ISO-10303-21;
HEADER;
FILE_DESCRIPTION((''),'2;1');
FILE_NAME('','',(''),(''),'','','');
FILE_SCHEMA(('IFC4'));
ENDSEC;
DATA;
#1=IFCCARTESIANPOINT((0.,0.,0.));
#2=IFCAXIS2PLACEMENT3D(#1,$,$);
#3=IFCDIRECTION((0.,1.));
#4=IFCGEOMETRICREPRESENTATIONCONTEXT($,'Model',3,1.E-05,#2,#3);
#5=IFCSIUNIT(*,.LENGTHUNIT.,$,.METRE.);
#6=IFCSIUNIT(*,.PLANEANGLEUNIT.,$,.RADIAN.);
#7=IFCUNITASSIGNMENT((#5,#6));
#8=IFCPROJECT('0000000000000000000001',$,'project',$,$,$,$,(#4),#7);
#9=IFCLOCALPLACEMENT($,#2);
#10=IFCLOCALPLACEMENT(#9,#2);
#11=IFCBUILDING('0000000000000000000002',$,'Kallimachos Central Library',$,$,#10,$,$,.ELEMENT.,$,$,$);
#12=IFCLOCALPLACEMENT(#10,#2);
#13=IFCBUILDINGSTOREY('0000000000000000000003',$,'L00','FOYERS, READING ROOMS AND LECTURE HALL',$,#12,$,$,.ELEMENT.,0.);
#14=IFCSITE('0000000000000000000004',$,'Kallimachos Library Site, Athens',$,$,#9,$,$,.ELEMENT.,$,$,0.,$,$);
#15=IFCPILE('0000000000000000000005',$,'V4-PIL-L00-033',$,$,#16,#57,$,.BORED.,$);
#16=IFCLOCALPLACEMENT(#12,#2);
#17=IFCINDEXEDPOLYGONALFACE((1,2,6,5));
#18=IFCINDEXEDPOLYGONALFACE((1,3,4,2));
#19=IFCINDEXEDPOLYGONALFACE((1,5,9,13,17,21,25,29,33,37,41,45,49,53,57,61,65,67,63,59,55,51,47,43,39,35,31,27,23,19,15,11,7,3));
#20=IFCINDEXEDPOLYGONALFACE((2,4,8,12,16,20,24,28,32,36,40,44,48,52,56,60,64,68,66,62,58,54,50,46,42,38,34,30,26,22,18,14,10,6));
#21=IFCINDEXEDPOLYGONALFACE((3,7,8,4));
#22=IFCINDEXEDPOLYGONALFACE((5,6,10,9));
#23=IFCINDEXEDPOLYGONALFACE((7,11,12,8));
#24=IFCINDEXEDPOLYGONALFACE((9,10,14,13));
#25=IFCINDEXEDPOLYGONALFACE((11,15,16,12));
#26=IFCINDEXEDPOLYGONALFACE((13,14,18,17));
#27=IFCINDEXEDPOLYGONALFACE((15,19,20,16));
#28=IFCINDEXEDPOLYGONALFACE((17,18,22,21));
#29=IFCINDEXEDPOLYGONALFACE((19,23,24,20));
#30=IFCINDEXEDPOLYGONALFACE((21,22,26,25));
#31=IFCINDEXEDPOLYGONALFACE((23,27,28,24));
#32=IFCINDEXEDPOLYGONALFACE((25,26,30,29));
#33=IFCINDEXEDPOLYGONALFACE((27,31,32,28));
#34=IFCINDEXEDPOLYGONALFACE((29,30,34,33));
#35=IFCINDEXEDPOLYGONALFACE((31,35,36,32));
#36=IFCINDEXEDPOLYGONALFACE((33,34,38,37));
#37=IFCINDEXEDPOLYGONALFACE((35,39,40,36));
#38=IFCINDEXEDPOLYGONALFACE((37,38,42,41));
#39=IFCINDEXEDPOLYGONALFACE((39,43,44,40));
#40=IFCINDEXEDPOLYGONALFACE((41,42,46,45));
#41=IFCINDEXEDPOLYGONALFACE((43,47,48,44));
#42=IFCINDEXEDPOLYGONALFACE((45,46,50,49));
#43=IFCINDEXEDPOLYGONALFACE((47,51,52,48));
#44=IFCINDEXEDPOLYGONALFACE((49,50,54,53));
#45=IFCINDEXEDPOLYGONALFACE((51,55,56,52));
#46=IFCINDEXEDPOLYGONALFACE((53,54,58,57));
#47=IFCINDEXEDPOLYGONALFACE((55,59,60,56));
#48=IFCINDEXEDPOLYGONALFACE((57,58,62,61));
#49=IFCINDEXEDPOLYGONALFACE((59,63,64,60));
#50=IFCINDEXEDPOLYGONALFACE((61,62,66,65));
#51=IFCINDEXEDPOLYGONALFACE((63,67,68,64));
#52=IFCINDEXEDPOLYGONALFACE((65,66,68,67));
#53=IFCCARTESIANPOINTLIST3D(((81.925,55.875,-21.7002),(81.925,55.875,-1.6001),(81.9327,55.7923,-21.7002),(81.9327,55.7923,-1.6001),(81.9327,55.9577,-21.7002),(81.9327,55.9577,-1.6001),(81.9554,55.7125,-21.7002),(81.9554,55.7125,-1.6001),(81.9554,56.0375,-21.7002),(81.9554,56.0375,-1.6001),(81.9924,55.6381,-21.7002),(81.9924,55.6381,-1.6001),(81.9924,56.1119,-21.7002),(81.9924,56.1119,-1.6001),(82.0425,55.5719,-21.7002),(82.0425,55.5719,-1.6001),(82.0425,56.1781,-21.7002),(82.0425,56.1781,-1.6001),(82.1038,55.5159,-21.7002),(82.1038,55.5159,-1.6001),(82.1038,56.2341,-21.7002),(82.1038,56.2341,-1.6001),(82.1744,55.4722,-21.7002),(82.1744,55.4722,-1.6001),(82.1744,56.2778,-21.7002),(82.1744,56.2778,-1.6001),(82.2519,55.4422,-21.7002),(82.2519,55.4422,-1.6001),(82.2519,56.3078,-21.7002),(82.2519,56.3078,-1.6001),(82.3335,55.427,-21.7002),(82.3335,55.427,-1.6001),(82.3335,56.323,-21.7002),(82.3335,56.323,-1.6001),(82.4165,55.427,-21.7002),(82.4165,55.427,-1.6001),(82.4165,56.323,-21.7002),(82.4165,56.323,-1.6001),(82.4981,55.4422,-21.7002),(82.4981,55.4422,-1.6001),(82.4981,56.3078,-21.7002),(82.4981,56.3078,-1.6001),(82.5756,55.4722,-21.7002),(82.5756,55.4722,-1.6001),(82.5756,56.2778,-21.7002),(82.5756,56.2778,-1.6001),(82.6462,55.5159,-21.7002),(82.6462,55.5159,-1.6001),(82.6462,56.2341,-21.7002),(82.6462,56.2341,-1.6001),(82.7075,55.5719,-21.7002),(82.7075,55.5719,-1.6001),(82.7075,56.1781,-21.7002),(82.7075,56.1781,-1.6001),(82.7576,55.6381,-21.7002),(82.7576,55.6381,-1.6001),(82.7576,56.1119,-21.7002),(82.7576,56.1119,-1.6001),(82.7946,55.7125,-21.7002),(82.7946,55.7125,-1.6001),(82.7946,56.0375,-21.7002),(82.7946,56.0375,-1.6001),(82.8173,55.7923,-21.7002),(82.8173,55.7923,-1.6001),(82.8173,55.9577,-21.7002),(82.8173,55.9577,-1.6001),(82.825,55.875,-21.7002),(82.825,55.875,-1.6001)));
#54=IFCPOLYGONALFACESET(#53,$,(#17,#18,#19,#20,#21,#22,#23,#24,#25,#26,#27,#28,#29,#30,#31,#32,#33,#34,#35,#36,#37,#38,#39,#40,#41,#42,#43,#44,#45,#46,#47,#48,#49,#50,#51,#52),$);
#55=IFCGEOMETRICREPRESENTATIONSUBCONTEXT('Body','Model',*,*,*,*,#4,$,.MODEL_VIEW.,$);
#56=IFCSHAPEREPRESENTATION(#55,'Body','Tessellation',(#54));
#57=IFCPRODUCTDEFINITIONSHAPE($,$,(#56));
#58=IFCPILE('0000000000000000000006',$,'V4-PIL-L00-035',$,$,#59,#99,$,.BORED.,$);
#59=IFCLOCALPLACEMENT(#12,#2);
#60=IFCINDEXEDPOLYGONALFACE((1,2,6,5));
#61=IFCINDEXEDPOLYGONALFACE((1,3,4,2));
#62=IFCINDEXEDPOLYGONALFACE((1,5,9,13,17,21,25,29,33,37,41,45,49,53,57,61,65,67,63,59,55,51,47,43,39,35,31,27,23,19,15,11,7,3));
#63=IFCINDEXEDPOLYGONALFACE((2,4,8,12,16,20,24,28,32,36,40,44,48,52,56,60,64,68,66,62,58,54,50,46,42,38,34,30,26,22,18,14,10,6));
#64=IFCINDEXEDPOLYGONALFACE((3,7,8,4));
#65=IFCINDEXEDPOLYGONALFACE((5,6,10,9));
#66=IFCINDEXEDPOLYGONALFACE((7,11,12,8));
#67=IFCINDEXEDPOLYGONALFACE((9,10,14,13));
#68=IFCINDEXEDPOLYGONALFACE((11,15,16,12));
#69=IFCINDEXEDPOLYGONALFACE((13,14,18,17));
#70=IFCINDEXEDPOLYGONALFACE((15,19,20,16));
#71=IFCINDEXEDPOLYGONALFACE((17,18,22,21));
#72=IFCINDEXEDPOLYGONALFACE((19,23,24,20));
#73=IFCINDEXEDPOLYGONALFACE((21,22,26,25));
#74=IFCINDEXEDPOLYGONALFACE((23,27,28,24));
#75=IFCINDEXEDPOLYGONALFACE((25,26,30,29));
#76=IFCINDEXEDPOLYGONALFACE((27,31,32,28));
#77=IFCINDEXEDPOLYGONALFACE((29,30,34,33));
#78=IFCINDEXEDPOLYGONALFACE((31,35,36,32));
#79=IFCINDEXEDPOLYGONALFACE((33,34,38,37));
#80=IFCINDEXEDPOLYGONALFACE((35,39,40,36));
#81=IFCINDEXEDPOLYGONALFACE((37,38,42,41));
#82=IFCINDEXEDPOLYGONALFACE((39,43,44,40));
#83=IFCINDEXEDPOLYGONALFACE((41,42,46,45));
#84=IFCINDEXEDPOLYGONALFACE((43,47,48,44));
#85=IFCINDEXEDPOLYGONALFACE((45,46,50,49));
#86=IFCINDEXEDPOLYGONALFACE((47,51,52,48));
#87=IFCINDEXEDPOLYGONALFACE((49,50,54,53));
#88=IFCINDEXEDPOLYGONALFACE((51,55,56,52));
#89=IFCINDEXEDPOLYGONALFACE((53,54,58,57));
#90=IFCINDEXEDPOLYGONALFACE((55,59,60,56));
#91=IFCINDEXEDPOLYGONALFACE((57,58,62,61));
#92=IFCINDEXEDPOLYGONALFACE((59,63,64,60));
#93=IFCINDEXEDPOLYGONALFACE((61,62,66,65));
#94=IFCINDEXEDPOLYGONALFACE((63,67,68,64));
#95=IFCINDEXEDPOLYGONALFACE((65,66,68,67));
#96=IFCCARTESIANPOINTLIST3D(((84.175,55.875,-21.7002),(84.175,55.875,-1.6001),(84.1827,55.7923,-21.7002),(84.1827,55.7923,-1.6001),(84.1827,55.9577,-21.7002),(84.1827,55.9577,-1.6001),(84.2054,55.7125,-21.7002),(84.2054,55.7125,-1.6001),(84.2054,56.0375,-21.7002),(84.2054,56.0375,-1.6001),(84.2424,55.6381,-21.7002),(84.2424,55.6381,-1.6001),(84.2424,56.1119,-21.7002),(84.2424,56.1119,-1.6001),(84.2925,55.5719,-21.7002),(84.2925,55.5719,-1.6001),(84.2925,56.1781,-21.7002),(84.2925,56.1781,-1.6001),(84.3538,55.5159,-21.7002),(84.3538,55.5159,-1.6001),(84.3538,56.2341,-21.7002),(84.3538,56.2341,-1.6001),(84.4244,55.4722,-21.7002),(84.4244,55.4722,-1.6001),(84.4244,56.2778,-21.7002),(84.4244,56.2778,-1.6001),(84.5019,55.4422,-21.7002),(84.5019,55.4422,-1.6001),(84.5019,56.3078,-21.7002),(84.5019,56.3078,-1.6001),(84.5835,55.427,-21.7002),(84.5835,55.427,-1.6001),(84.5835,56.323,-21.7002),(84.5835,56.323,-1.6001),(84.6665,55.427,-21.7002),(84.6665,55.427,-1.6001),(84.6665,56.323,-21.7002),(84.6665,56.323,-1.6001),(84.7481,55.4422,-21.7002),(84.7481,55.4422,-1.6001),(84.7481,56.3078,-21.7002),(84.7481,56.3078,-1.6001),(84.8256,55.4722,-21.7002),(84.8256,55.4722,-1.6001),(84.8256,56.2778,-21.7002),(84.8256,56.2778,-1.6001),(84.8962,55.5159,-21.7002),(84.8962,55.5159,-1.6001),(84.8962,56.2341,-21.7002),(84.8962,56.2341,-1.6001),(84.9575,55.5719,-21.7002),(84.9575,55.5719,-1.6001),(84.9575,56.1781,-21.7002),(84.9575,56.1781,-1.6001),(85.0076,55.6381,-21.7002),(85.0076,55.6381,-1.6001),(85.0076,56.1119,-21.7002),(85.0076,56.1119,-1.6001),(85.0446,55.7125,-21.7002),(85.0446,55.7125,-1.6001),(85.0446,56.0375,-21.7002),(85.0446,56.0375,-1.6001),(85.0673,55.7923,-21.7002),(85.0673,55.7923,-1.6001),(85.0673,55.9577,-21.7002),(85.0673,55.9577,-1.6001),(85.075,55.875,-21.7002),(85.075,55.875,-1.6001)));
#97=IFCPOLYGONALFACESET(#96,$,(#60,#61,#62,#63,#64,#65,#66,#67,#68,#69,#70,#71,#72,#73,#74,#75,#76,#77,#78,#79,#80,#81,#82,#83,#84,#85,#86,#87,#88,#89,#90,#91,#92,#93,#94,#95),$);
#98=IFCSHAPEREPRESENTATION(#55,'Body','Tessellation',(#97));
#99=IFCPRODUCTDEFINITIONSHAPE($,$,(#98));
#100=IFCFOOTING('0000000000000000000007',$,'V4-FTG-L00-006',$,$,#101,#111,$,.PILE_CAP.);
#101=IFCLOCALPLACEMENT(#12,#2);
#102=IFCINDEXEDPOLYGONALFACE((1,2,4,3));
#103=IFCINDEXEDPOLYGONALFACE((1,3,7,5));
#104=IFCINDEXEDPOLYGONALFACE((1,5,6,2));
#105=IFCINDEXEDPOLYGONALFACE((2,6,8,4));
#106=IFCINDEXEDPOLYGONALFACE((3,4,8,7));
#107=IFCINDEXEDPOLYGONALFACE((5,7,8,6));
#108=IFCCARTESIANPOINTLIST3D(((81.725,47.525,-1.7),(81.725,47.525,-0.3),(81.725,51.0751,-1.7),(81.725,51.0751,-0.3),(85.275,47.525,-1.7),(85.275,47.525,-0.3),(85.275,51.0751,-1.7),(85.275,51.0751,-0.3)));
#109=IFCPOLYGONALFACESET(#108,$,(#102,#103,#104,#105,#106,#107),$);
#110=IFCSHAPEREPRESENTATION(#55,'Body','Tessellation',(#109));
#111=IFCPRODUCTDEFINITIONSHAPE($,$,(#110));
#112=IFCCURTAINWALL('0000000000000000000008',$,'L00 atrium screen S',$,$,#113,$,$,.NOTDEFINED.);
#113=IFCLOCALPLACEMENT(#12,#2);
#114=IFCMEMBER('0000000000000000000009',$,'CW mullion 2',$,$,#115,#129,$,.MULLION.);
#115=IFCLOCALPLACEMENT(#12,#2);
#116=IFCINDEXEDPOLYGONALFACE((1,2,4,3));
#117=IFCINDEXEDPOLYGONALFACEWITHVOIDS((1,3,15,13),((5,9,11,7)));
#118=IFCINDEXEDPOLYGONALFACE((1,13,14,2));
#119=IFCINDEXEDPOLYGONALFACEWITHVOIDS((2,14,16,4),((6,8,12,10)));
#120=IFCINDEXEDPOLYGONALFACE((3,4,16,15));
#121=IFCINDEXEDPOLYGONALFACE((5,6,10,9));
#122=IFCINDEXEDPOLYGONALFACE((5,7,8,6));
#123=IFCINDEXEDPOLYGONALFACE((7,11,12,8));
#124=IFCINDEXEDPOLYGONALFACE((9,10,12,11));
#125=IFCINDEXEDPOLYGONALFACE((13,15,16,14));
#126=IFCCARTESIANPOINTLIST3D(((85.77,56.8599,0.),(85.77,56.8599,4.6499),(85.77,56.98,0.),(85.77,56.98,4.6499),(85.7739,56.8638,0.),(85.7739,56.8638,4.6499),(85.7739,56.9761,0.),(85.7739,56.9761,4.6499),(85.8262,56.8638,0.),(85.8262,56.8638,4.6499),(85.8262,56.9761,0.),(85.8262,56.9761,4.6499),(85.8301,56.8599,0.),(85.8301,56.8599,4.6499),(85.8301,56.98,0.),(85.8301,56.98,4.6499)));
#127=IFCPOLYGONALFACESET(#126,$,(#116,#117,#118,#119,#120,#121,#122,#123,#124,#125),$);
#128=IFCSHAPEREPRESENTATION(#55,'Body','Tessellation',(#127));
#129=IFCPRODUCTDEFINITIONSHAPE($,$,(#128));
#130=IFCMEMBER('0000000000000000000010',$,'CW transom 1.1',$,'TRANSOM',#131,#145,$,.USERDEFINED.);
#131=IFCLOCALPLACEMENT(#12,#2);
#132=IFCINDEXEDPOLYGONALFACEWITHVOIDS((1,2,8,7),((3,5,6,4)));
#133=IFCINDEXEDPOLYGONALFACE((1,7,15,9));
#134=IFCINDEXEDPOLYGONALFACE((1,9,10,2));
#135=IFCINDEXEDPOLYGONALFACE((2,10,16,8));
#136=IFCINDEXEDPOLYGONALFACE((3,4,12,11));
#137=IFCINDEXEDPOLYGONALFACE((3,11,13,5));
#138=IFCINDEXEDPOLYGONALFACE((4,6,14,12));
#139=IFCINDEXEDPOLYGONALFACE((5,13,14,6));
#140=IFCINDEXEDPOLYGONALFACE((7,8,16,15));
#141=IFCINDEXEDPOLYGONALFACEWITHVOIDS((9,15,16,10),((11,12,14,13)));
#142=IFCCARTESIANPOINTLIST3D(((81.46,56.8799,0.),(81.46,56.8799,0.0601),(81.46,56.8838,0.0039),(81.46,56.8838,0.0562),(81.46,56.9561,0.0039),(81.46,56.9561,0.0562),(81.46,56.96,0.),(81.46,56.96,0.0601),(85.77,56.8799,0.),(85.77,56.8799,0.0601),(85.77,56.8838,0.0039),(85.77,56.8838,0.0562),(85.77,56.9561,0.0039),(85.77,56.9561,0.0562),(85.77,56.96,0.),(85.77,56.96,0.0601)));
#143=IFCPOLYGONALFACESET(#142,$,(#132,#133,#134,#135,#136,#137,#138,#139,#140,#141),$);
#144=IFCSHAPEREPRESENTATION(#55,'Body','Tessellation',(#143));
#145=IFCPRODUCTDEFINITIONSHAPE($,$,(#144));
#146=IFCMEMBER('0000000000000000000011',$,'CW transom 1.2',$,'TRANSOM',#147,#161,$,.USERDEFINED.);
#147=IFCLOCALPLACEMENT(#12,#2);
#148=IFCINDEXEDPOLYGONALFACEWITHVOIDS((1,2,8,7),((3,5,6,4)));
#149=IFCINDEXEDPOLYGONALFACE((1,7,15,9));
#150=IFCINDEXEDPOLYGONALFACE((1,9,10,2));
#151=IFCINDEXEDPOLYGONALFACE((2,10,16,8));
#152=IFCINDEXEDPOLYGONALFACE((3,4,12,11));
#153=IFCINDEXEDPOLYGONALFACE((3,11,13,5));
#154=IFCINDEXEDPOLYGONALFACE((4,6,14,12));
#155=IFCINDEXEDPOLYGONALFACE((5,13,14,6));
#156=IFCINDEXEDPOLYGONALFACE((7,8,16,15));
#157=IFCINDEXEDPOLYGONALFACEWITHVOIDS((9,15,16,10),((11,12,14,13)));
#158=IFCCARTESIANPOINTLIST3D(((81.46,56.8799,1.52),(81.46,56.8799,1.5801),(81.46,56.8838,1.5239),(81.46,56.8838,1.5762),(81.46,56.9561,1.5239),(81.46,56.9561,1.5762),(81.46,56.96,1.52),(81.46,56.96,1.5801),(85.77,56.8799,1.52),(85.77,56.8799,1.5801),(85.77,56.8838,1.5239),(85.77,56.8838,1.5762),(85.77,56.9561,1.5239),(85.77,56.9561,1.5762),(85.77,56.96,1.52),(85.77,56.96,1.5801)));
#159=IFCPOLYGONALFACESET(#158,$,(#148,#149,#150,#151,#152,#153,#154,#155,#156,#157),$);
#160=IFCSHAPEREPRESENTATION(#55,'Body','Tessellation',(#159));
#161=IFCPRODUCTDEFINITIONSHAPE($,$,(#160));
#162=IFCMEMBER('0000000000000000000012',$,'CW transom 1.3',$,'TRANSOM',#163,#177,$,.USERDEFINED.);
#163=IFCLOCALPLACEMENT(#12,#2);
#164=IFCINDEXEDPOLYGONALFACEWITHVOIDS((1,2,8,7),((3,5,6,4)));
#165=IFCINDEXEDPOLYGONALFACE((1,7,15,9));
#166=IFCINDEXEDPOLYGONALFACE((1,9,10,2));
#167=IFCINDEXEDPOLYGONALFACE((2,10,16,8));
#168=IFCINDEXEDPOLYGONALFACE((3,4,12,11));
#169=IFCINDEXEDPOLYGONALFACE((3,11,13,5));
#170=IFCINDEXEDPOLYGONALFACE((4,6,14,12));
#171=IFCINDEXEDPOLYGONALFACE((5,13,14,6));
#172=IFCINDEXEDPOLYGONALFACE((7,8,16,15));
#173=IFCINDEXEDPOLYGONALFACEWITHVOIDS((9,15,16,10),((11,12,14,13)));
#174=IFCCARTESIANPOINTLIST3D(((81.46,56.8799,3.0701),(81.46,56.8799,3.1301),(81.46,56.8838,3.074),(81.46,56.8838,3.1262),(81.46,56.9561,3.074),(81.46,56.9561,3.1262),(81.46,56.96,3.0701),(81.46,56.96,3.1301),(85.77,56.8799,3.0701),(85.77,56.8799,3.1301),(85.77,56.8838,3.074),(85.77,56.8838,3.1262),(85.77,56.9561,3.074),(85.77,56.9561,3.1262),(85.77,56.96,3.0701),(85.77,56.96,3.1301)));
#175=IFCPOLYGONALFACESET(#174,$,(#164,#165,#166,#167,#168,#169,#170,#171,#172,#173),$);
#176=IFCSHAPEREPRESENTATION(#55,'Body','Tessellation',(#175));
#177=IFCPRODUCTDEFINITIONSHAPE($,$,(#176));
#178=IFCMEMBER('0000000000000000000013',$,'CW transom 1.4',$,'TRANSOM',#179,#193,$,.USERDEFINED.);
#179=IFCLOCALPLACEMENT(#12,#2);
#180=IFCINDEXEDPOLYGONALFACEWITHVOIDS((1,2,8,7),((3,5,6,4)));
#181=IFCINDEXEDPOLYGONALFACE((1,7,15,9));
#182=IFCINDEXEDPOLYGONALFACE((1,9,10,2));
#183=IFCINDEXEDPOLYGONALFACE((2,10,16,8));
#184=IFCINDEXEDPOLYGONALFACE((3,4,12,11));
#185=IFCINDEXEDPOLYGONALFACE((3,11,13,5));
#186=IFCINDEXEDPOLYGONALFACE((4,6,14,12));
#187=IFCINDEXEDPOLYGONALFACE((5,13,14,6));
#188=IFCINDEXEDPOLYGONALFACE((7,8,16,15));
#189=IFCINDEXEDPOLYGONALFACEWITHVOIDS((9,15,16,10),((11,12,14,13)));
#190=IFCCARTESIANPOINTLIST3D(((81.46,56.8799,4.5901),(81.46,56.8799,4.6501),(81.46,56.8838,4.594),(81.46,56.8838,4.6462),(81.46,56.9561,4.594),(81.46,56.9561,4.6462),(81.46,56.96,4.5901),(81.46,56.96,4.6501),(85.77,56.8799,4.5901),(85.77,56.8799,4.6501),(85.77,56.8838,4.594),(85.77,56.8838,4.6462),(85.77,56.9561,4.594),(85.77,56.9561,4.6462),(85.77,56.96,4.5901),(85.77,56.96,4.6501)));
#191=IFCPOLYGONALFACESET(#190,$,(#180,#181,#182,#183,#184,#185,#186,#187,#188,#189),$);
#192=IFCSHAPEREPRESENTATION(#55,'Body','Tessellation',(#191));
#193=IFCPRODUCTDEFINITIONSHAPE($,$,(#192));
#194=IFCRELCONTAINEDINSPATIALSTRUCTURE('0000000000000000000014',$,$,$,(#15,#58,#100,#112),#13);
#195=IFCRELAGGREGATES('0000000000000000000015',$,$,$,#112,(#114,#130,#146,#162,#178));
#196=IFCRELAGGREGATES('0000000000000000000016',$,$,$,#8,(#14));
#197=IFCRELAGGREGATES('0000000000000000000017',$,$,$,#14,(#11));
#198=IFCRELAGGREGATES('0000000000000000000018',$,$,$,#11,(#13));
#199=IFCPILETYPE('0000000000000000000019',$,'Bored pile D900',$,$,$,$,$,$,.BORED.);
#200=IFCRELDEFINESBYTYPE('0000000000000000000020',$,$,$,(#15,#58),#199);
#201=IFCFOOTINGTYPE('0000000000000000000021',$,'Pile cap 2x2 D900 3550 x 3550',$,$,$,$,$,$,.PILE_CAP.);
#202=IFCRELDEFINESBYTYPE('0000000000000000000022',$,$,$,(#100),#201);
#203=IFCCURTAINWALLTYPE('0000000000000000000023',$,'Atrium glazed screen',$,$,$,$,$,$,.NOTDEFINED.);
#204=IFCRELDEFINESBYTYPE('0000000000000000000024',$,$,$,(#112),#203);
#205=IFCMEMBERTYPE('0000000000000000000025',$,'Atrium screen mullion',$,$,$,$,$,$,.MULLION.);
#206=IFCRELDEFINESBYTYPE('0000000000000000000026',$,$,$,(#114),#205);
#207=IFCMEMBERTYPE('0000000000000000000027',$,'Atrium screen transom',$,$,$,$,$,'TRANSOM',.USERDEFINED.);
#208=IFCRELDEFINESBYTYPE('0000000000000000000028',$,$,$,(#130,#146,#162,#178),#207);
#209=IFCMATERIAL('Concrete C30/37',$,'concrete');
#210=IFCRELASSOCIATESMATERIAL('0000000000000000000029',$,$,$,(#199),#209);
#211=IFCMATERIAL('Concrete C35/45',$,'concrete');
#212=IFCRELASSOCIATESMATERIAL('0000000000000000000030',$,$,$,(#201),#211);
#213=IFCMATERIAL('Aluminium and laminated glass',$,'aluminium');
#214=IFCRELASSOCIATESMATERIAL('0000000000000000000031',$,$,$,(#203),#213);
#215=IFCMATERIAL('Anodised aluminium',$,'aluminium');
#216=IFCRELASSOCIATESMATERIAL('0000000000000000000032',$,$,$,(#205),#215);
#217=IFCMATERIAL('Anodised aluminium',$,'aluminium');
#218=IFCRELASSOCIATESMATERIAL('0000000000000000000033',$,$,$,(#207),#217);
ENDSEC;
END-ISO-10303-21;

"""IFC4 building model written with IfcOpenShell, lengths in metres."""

from ifc_helpers import new_model, si_unit, direction, frame, origin, origin_2d, place, context, subcontext, project, spatial, rectangle, hollow_rectangle, circle, extrude, material, material_profile, profile_set, type_object, element, aggregate, save


model = new_model("IFC4")

# Units and contexts
model_context = context("Model", 3, precision=1e-05, world=origin(), true_north=direction((0.0, 1.0)))
body_context = subcontext(model_context, "Body", "Model", "MODEL_VIEW")
ifc_project = project(units=[si_unit("LENGTHUNIT", "METRE"), si_unit("PLANEANGLEUNIT", "RADIAN")], contexts=[model_context])

# Site, building, storey
site_placement = place(None, origin())
site = spatial("IfcSite", under=ifc_project, at=site_placement, Name="Kallimachos Library Site, Athens", CompositionType="ELEMENT", RefElevation=0.0)
building_placement = place(site_placement, origin())
building = spatial("IfcBuilding", under=site, at=building_placement, Name="Kallimachos Central Library", CompositionType="ELEMENT")
storey_placement = place(building_placement, origin())
storey = spatial("IfcBuildingStorey", under=building, at=storey_placement, Name="L00", Description="FOYERS, READING ROOMS AND LECTURE HALL", CompositionType="ELEMENT", Elevation=0.0)

# Piles
ifc_material_1 = material(Name="Concrete C30/37", Category="concrete")
pile_type = type_object("IfcPileType", Name="Bored pile D900", PredefinedType="BORED", material=ifc_material_1)
for number, where, z_axis, x_axis, name in (
    (1, (82.375, 55.875, -1.6001), (0.0, 0.0, -1.0), (1.0, 0.0, 0.0), "V4-PIL-L00-033"),
    (2, (84.625, 55.875, -1.6001), (0.0, 0.0, -1.0), (1.0, 0.0, 0.0), "V4-PIL-L00-035"),
):
    element("IfcPile", number, at=place(storey_placement, frame(where, z_axis=z_axis, x_axis=x_axis)), inside=storey, type_object=pile_type, Name=name, PredefinedType="BORED", context=body_context, shape_type="SweptSolid", body=[
        extrude(circle(Radius=0.45, at=origin_2d()), origin(), (0.0, 0.0, 1.0), 20.1001),
    ])

# Footing
ifc_material_2 = material(Name="Concrete C35/45", Category="concrete")
footing_type = type_object("IfcFootingType", Name="Pile cap 2x2 D900 3550 x 3550", PredefinedType="PILE_CAP", material=ifc_material_2)
footing_placement = place(storey_placement, frame((83.5, 49.3, -1.7), z_axis=(0.0, 0.0, 1.0), x_axis=(1.0, 0.0, 0.0)))
element("IfcFooting", 3, at=footing_placement, inside=storey, type_object=footing_type, Name="V4-FTG-L00-006", PredefinedType="PILE_CAP", context=body_context, shape_type="SweptSolid", body=[
    extrude(rectangle(XDim=3.55, YDim=3.55, at=origin_2d()), origin(), (0.0, 0.0, 1.0), 1.3999),
])

# Curtain wall, members
ifc_material_3 = material(Name="Aluminium and laminated glass", Category="aluminium")
curtain_wall_type = type_object("IfcCurtainWallType", Name="Atrium glazed screen", PredefinedType="NOTDEFINED", material=ifc_material_3)
curtain_wall_placement = place(storey_placement, origin())
curtain_wall = element("IfcCurtainWall", 4, at=curtain_wall_placement, inside=storey, type_object=curtain_wall_type, Name="L00 atrium screen S", PredefinedType="NOTDEFINED")
ifc_material_4 = material(Name="Anodised aluminium", Category="aluminium")
ifc_material_profile_1 = material_profile(ifc_material_4, hollow_rectangle(XDim=0.0601, YDim=0.1201, WallThickness=0.0039, at=origin_2d()), Name="ALU MULLION 60x120")
ifc_profile_set_1 = profile_set([ifc_material_profile_1], Name="Anodised aluminium")
member_type_1 = type_object("IfcMemberType", Name="Atrium screen mullion", PredefinedType="MULLION", material=ifc_profile_set_1)
member_1_placement = place(storey_placement, frame((85.8, 56.9199, 0.0), z_axis=(0.0, 0.0, 1.0), x_axis=(1.0, 0.0, 0.0)))
member_1 = element("IfcMember", 5, at=member_1_placement, type_object=member_type_1, Name="CW mullion 2", PredefinedType="MULLION", context=body_context, shape_type="SweptSolid", body=[
    extrude(hollow_rectangle(XDim=0.0601, YDim=0.1201, WallThickness=0.0039, at=origin_2d()), origin(), (0.0, 0.0, 1.0), 4.6499),
])
ifc_material_5 = material(Name="Anodised aluminium", Category="aluminium")
ifc_material_profile_2 = material_profile(ifc_material_5, hollow_rectangle(XDim=0.0601, YDim=0.0801, WallThickness=0.0039, at=origin_2d()), Name="ALU TRANSOM 60x80")
ifc_profile_set_2 = profile_set([ifc_material_profile_2], Name="Anodised aluminium")
member_type_2 = type_object("IfcMemberType", Name="Atrium screen transom", ElementType="TRANSOM", PredefinedType="USERDEFINED", material=ifc_profile_set_2)
member_2_placement = place(storey_placement, frame((81.46, 56.9199, 0.03), z_axis=(1.0, 0.0, 0.0), x_axis=(0.0, 0.0, 1.0)))
member_2 = element("IfcMember", 6, at=member_2_placement, type_object=member_type_2, Name="CW transom 1.1", ObjectType="TRANSOM", PredefinedType="USERDEFINED", context=body_context, shape_type="SweptSolid", body=[
    extrude(hollow_rectangle(XDim=0.0601, YDim=0.0801, WallThickness=0.0039, at=origin_2d()), origin(), (0.0, 0.0, 1.0), 4.3101),
])
member_3_placement = place(storey_placement, frame((81.46, 56.9199, 1.55), z_axis=(1.0, 0.0, 0.0), x_axis=(0.0, 0.0, 1.0)))
member_3 = element("IfcMember", 7, at=member_3_placement, type_object=member_type_2, Name="CW transom 1.2", ObjectType="TRANSOM", PredefinedType="USERDEFINED", context=body_context, shape_type="SweptSolid", body=[
    extrude(hollow_rectangle(XDim=0.0601, YDim=0.0801, WallThickness=0.0039, at=origin_2d()), origin(), (0.0, 0.0, 1.0), 4.3101),
])
member_4_placement = place(storey_placement, frame((81.46, 56.9199, 3.1001), z_axis=(1.0, 0.0, 0.0), x_axis=(0.0, 0.0, 1.0)))
member_4 = element("IfcMember", 8, at=member_4_placement, type_object=member_type_2, Name="CW transom 1.3", ObjectType="TRANSOM", PredefinedType="USERDEFINED", context=body_context, shape_type="SweptSolid", body=[
    extrude(hollow_rectangle(XDim=0.0601, YDim=0.0801, WallThickness=0.0039, at=origin_2d()), origin(), (0.0, 0.0, 1.0), 4.3101),
])
member_5_placement = place(storey_placement, frame((81.46, 56.9199, 4.6201), z_axis=(1.0, 0.0, 0.0), x_axis=(0.0, 0.0, 1.0)))
member_5 = element("IfcMember", 9, at=member_5_placement, type_object=member_type_2, Name="CW transom 1.4", ObjectType="TRANSOM", PredefinedType="USERDEFINED", context=body_context, shape_type="SweptSolid", body=[
    extrude(hollow_rectangle(XDim=0.0601, YDim=0.0801, WallThickness=0.0039, at=origin_2d()), origin(), (0.0, 0.0, 1.0), 4.3101),
])

aggregate(curtain_wall, [member_1, member_2, member_3, member_4, member_5])

save(model, "model.ifc")
